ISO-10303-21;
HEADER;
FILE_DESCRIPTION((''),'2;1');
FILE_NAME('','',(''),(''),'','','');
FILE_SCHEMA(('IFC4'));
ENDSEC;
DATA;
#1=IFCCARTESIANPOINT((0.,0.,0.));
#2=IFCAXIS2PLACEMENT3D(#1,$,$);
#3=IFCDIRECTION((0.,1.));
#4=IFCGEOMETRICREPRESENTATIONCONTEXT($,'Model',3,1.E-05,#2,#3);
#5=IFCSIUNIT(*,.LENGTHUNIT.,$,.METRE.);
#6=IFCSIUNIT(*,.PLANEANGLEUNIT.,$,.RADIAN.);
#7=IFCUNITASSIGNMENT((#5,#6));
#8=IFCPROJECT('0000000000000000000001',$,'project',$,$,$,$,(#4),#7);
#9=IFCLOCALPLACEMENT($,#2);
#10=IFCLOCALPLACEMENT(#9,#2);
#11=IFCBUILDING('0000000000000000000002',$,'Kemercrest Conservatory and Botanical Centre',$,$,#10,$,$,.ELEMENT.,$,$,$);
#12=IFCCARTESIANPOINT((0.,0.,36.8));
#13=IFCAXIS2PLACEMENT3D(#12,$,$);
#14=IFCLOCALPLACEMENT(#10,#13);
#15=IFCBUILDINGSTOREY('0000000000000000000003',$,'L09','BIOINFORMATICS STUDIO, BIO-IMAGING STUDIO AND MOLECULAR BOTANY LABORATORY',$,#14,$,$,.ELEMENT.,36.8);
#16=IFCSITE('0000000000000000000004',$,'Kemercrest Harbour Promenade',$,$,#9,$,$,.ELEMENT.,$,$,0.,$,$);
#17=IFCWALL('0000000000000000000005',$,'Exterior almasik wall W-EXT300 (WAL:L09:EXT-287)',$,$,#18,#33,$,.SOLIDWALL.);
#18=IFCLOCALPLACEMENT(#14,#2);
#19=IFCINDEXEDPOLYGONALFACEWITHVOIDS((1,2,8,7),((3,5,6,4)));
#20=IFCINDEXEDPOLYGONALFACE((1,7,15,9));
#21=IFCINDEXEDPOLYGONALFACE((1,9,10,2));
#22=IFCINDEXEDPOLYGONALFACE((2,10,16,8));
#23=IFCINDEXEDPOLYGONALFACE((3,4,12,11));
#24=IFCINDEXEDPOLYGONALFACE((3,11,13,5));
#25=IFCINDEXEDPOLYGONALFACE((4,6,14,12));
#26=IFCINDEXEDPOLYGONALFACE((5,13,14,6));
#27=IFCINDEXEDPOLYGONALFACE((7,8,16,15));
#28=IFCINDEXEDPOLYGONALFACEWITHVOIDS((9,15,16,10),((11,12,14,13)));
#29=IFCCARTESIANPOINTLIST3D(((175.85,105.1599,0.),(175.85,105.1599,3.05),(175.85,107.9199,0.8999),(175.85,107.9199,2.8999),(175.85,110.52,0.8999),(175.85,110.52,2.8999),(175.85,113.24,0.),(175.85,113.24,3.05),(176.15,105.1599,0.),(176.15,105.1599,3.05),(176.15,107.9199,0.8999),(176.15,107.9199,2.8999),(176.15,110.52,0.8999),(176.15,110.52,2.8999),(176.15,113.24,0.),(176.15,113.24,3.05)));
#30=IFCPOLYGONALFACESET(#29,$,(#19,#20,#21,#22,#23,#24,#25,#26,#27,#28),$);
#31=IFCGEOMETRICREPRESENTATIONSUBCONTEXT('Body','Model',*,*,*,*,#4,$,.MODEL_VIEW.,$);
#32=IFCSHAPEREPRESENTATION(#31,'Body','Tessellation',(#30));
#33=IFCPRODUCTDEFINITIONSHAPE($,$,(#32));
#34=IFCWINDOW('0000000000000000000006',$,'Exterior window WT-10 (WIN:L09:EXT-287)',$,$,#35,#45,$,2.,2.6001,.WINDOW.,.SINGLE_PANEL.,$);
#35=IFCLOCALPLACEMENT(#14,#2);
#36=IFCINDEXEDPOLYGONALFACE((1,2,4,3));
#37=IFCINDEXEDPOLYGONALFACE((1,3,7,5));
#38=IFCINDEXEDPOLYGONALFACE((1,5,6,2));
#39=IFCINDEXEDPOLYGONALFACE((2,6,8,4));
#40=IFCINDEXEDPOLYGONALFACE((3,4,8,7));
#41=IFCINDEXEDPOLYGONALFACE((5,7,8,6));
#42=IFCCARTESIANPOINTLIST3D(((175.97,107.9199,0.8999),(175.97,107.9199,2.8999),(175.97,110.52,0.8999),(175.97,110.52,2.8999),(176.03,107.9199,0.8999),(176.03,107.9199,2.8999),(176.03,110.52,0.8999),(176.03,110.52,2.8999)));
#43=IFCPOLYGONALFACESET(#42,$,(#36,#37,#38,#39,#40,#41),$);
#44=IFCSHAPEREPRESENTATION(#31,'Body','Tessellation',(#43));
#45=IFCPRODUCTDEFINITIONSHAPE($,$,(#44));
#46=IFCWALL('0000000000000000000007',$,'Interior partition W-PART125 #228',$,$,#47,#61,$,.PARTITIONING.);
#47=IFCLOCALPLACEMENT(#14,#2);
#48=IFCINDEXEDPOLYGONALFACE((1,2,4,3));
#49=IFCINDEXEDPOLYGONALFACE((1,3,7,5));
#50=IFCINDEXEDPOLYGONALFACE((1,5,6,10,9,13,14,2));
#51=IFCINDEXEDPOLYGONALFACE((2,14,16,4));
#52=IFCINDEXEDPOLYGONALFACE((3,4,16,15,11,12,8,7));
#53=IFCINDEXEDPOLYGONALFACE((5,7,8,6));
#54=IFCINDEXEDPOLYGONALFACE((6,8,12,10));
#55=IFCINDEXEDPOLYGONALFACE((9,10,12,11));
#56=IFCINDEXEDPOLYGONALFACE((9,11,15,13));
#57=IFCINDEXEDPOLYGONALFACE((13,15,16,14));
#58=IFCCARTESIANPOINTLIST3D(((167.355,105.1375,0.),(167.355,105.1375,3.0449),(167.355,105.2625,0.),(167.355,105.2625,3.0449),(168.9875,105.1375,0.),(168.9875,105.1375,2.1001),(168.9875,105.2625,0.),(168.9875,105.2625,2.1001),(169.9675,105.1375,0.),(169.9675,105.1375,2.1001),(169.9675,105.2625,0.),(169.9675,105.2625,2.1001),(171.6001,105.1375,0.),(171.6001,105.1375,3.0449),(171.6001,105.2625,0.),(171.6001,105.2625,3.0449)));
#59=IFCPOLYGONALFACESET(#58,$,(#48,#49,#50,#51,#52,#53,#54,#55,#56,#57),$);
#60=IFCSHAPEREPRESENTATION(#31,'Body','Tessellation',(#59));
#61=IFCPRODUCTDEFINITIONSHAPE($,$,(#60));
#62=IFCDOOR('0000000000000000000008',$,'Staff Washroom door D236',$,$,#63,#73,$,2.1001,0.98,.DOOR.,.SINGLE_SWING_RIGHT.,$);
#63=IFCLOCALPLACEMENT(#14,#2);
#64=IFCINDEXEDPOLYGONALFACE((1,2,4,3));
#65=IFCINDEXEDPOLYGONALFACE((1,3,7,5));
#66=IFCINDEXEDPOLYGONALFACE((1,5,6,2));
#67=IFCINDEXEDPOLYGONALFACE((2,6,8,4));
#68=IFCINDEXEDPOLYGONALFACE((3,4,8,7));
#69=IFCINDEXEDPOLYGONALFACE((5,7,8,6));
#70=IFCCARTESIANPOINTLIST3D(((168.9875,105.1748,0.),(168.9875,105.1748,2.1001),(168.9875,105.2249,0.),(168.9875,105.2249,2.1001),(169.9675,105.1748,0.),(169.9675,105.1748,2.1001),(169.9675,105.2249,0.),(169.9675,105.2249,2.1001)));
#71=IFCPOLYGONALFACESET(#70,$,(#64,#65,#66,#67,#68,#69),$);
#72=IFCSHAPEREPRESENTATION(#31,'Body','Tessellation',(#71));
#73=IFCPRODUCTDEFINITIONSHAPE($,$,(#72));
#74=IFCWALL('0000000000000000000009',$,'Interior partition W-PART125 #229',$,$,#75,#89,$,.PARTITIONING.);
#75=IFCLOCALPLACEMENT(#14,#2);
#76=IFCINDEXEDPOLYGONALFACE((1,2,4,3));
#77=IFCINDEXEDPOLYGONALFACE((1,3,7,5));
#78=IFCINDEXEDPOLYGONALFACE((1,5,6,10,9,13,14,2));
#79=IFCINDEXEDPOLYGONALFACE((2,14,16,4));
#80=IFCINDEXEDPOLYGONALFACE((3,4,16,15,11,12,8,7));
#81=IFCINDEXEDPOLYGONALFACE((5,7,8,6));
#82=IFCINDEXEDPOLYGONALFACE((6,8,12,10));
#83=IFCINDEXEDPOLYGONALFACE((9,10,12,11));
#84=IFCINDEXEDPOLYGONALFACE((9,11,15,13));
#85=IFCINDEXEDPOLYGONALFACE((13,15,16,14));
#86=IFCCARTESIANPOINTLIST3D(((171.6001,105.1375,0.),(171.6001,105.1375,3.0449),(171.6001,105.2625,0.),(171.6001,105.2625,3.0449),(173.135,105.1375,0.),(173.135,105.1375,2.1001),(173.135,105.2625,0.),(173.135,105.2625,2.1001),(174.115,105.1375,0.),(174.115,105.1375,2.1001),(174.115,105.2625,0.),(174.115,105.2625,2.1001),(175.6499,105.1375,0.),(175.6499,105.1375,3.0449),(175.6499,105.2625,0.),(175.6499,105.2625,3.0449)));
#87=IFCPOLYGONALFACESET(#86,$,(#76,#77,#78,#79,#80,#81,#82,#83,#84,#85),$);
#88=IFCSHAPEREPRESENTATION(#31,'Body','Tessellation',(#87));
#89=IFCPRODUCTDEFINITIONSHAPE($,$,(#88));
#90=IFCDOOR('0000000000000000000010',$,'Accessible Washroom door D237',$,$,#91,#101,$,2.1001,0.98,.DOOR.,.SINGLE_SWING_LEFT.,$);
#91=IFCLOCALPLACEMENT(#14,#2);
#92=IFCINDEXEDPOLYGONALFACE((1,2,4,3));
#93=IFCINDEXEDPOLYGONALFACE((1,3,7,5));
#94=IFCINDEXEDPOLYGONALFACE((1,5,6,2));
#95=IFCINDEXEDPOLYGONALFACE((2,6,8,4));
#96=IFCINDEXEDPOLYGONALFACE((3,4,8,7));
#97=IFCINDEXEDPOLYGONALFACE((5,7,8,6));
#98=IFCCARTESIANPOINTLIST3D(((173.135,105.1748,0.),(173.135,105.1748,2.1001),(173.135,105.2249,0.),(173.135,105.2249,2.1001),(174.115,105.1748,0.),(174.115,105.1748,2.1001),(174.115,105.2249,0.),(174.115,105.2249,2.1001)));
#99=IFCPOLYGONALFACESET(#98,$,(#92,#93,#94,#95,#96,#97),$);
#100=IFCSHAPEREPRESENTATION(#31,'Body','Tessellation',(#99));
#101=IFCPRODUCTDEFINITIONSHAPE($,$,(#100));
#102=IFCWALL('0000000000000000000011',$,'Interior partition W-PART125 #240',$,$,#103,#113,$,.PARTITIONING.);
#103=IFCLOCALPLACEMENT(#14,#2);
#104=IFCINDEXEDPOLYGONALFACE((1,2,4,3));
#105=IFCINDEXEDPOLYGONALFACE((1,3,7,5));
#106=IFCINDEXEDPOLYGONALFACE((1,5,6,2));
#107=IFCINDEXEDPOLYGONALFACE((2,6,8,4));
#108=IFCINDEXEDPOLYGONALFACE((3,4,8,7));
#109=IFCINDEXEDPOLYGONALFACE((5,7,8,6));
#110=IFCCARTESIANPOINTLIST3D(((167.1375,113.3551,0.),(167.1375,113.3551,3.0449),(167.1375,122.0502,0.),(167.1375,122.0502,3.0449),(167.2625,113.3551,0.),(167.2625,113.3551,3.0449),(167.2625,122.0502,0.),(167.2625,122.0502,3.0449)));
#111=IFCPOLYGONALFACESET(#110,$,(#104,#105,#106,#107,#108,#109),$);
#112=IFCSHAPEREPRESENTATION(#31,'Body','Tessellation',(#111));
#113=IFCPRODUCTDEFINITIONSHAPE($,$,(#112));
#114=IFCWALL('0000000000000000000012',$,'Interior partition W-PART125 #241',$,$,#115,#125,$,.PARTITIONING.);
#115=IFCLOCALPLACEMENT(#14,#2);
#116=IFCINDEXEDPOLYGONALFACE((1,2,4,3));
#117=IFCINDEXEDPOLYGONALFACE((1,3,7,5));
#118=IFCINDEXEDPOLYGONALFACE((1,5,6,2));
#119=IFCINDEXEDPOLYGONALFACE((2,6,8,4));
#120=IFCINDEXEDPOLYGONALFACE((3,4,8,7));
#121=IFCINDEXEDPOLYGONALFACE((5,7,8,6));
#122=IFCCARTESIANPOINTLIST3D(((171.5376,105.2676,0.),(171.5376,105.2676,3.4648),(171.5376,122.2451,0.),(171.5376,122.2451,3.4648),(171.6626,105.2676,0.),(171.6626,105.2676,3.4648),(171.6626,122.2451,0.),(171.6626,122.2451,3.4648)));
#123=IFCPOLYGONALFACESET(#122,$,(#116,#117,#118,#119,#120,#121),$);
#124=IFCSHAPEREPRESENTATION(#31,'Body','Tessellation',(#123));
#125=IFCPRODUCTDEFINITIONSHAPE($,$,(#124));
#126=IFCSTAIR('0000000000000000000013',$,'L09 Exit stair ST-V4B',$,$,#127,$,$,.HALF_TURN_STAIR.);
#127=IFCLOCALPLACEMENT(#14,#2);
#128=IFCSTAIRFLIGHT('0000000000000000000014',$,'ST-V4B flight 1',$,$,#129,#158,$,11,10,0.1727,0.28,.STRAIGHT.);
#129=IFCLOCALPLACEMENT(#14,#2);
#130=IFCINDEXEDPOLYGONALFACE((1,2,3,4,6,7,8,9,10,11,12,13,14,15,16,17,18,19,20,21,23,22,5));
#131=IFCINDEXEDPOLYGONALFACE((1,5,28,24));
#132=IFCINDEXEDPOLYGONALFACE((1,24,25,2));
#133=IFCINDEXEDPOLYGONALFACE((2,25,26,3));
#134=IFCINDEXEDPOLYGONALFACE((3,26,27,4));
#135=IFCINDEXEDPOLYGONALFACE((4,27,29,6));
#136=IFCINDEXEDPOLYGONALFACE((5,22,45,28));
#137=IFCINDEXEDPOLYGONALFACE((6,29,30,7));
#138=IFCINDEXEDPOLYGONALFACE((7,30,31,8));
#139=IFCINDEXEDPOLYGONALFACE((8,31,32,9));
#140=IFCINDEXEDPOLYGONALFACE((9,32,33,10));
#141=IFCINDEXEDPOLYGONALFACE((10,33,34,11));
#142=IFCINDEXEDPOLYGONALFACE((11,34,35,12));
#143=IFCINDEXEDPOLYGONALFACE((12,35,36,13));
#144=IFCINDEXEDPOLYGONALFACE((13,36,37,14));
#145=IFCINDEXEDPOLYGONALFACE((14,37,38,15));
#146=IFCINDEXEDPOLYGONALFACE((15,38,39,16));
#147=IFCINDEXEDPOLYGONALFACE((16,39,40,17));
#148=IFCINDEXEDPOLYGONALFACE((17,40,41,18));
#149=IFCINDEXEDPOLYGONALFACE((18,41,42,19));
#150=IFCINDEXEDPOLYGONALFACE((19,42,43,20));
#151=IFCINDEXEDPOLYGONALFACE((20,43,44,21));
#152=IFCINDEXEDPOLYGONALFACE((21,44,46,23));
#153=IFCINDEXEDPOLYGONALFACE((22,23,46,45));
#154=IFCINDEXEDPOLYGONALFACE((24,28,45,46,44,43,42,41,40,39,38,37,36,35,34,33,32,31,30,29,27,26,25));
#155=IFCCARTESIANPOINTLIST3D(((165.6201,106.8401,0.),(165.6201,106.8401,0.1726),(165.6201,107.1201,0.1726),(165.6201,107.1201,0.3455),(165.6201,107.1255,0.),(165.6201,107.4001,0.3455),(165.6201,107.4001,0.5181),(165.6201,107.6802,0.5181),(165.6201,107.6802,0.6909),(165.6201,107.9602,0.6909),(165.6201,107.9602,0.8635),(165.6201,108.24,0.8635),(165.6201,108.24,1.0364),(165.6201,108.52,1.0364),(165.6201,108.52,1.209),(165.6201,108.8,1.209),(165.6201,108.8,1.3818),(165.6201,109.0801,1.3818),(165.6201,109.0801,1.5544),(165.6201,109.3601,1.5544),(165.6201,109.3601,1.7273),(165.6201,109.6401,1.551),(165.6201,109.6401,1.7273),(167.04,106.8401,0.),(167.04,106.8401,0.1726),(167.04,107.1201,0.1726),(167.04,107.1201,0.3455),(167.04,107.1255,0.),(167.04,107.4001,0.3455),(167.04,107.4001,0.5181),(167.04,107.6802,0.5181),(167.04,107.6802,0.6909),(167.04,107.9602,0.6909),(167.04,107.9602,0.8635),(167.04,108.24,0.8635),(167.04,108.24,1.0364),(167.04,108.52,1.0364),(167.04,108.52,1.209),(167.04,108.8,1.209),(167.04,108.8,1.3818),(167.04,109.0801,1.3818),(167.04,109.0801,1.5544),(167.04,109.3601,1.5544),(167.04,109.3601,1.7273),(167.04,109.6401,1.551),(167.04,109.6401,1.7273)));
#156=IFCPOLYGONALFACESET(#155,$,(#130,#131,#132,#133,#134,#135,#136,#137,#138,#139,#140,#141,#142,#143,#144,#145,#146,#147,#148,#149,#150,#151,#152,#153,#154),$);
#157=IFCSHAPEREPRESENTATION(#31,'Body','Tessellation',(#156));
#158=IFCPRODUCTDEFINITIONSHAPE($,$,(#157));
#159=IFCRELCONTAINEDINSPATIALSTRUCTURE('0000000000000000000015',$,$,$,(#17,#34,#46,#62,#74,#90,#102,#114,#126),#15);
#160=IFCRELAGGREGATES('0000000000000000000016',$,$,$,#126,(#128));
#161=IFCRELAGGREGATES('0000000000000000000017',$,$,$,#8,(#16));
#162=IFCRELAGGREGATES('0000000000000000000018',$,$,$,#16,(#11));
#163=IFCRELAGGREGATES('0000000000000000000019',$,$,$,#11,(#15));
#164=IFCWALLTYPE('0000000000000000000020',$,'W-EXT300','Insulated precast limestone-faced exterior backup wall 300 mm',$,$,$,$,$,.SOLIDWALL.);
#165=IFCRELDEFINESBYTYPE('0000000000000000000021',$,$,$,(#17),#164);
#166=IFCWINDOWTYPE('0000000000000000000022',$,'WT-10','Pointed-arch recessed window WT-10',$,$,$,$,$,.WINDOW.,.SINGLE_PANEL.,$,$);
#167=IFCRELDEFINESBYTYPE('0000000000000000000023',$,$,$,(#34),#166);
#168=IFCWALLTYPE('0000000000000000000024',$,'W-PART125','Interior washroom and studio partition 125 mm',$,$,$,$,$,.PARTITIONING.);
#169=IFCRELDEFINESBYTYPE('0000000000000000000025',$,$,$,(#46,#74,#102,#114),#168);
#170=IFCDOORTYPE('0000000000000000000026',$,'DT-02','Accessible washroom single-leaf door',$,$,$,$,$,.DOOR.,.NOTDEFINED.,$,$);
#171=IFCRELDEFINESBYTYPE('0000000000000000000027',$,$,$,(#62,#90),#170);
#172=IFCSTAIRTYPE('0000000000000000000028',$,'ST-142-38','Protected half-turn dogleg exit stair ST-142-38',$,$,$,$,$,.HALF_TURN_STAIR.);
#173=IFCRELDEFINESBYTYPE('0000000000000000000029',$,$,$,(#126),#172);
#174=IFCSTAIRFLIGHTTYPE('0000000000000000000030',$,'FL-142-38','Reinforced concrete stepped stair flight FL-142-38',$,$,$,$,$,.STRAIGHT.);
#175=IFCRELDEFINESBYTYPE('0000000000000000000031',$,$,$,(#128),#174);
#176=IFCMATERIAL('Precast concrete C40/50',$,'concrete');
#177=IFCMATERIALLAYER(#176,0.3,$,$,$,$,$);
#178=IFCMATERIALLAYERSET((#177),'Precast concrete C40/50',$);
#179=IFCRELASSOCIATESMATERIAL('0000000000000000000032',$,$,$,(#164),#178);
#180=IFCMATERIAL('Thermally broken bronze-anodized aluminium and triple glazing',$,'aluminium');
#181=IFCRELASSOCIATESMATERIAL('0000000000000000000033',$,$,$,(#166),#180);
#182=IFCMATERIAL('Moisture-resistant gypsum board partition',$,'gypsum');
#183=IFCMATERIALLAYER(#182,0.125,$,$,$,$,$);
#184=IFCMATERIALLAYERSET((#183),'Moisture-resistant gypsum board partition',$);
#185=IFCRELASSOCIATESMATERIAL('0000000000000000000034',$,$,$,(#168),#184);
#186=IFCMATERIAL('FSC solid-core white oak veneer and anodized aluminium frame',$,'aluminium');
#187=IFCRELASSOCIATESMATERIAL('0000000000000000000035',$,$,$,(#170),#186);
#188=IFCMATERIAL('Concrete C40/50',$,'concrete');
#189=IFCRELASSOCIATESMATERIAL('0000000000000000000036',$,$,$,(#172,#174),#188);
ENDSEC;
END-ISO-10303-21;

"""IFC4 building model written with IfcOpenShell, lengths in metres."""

from ifc_helpers import new_model, si_unit, direction, frame, frame_2d, origin, place, context, subcontext, project, spatial, polyline, rectangle, outline, extrude, material, layer, layer_set, type_object, element, fill, aggregate, save


model = new_model("IFC4")

# Units and contexts
model_context = context("Model", 3, precision=1e-05, world=origin(), true_north=direction((0.0, 1.0)))
body_context = subcontext(model_context, "Body", "Model", "MODEL_VIEW")
ifc_project = project(units=[si_unit("LENGTHUNIT", "METRE"), si_unit("PLANEANGLEUNIT", "RADIAN")], contexts=[model_context])

# Site, building, storey
site_placement = place(None, origin())
site = spatial("IfcSite", under=ifc_project, at=site_placement, Name="Kemercrest Harbour Promenade", CompositionType="ELEMENT", RefElevation=0.0)
building_placement = place(site_placement, origin())
building = spatial("IfcBuilding", under=site, at=building_placement, Name="Kemercrest Conservatory and Botanical Centre", CompositionType="ELEMENT")
storey_placement = place(building_placement, frame((0.0, 0.0, 36.8)))
storey = spatial("IfcBuildingStorey", under=building, at=storey_placement, Name="L09", Description="BIOINFORMATICS STUDIO, BIO-IMAGING STUDIO AND MOLECULAR BOTANY LABORATORY", CompositionType="ELEMENT", Elevation=36.8)

# Shared definitions
ifc_material_1 = material(Name="Concrete C40/50", Category="concrete")

# Wall, opening, window
ifc_material_2 = material(Name="Precast concrete C40/50", Category="concrete")
ifc_layer_1 = layer(ifc_material_2, 0.3)
ifc_layer_set_1 = layer_set([ifc_layer_1], Name="Precast concrete C40/50")
wall_type_1 = type_object("IfcWallType", Name="W-EXT300", Description="Insulated precast limestone-faced exterior backup wall 300 mm", PredefinedType="SOLIDWALL", material=ifc_layer_set_1)
wall_1_placement = place(storey_placement, frame((176.0, 105.1599, 0.0), z_axis=(0.0, 0.0, 1.0), x_axis=(0.0, 1.0, 0.0)))
wall_1 = element("IfcWall", 1, at=wall_1_placement, inside=storey, type_object=wall_type_1, Name="Exterior almasik wall W-EXT300 (WAL:L09:EXT-287)", PredefinedType="SOLIDWALL", context=body_context, shape_type="SweptSolid", body=[
    extrude(rectangle(XDim=8.0801, YDim=0.3, at=frame_2d((4.04, 0.0))), origin(), (0.0, 0.0, 1.0), 3.05),
])
opening_1_placement = place(wall_1_placement, frame((2.76, 0.0, 0.8999)))
opening_1 = element("IfcOpeningElement", 2, at=opening_1_placement, cuts=wall_1, PredefinedType="OPENING", context=body_context, shape_type="SweptSolid", body=[
    extrude(rectangle(XDim=2.6001, YDim=2.0, at=frame_2d((1.3, 1.0))), frame((0.0, 0.1602, 0.0), z_axis=(0.0, -1.0, 0.0), x_axis=(1.0, 0.0, 0.0)), (0.0, 0.0, 1.0), 0.3201),
])
ifc_material_3 = material(Name="Thermally broken bronze-anodized aluminium and triple glazing", Category="aluminium")
window_type = type_object("IfcWindowType", Name="WT-10", Description="Pointed-arch recessed window WT-10", PartitioningType="SINGLE_PANEL", PredefinedType="WINDOW", material=ifc_material_3)
window_placement = place(opening_1_placement, origin())
window = element("IfcWindow", 3, at=window_placement, inside=storey, type_object=window_type, Name="Exterior window WT-10 (WIN:L09:EXT-287)", OverallHeight=2.0, OverallWidth=2.6001, PartitioningType="SINGLE_PANEL", PredefinedType="WINDOW", context=body_context, shape_type="SweptSolid", body=[
    extrude(rectangle(XDim=2.6001, YDim=2.0, at=frame_2d((1.3, 1.0))), frame((0.0, 0.03, 0.0), z_axis=(0.0, -1.0, 0.0), x_axis=(1.0, 0.0, 0.0)), (0.0, 0.0, 1.0), 0.0601),
])
fill(opening_1, window)

# Walls, openings, doors
ifc_material_4 = material(Name="Moisture-resistant gypsum board partition", Category="gypsum")
ifc_layer_2 = layer(ifc_material_4, 0.125)
ifc_layer_set_2 = layer_set([ifc_layer_2], Name="Moisture-resistant gypsum board partition")
wall_type_2 = type_object("IfcWallType", Name="W-PART125", Description="Interior washroom and studio partition 125 mm", PredefinedType="PARTITIONING", material=ifc_layer_set_2)
wall_2_placement = place(storey_placement, frame((167.355, 105.2, 0.0), z_axis=(0.0, 0.0, 1.0), x_axis=(1.0, 0.0, 0.0)))
wall_2 = element("IfcWall", 4, at=wall_2_placement, inside=storey, type_object=wall_type_2, Name="Interior partition W-PART125 #228", PredefinedType="PARTITIONING", context=body_context, shape_type="SweptSolid", body=[
    extrude(rectangle(XDim=4.2451, YDim=0.125, at=frame_2d((2.1226, 0.0))), origin(), (0.0, 0.0, 1.0), 3.0449),
])
opening_2_placement = place(wall_2_placement, frame((1.6326, 0.0, 0.0)))
opening_2 = element("IfcOpeningElement", 5, at=opening_2_placement, cuts=wall_2, PredefinedType="OPENING", context=body_context, shape_type="SweptSolid", body=[
    extrude(rectangle(XDim=0.98, YDim=2.1001, at=frame_2d((0.49, 1.05))), frame((0.0, 0.0725, 0.0), z_axis=(0.0, -1.0, 0.0), x_axis=(1.0, 0.0, 0.0)), (0.0, 0.0, 1.0), 0.145),
])
ifc_material_5 = material(Name="FSC solid-core white oak veneer and anodized aluminium frame", Category="aluminium")
door_type = type_object("IfcDoorType", Name="DT-02", Description="Accessible washroom single-leaf door", OperationType="NOTDEFINED", PredefinedType="DOOR", material=ifc_material_5)
door_1_placement = place(opening_2_placement, origin())
door_1 = element("IfcDoor", 6, at=door_1_placement, inside=storey, type_object=door_type, Name="Staff Washroom door D236", OperationType="SINGLE_SWING_RIGHT", OverallHeight=2.1001, OverallWidth=0.98, PredefinedType="DOOR", context=body_context, shape_type="SweptSolid", body=[
    extrude(rectangle(XDim=0.98, YDim=2.1001, at=frame_2d((0.49, 1.05))), frame((0.0, 0.0249, 0.0), z_axis=(0.0, -1.0, 0.0), x_axis=(1.0, 0.0, 0.0)), (0.0, 0.0, 1.0), 0.05),
])
fill(opening_2, door_1)
wall_3_placement = place(storey_placement, frame((171.6001, 105.2, 0.0), z_axis=(0.0, 0.0, 1.0), x_axis=(1.0, 0.0, 0.0)))
wall_3 = element("IfcWall", 7, at=wall_3_placement, inside=storey, type_object=wall_type_2, Name="Interior partition W-PART125 #229", PredefinedType="PARTITIONING", context=body_context, shape_type="SweptSolid", body=[
    extrude(rectangle(XDim=4.0498, YDim=0.125, at=frame_2d((2.0249, 0.0))), origin(), (0.0, 0.0, 1.0), 3.0449),
])
opening_3_placement = place(wall_3_placement, frame((1.5349, 0.0, 0.0)))
opening_3 = element("IfcOpeningElement", 8, at=opening_3_placement, cuts=wall_3, PredefinedType="OPENING", context=body_context, shape_type="SweptSolid", body=[
    extrude(rectangle(XDim=0.98, YDim=2.1001, at=frame_2d((0.49, 1.05))), frame((0.0, 0.0725, 0.0), z_axis=(0.0, -1.0, 0.0), x_axis=(1.0, 0.0, 0.0)), (0.0, 0.0, 1.0), 0.145),
])
door_2_placement = place(opening_3_placement, origin())
door_2 = element("IfcDoor", 9, at=door_2_placement, inside=storey, type_object=door_type, Name="Accessible Washroom door D237", OperationType="SINGLE_SWING_LEFT", OverallHeight=2.1001, OverallWidth=0.98, PredefinedType="DOOR", context=body_context, shape_type="SweptSolid", body=[
    extrude(rectangle(XDim=0.98, YDim=2.1001, at=frame_2d((0.49, 1.05))), frame((0.0, 0.0249, 0.0), z_axis=(0.0, -1.0, 0.0), x_axis=(1.0, 0.0, 0.0)), (0.0, 0.0, 1.0), 0.05),
])
fill(opening_3, door_2)

# Walls
wall_4_placement = place(storey_placement, frame((167.2, 113.355, 0.0), z_axis=(0.0, 0.0, 1.0), x_axis=(0.0, 1.0, 0.0)))
element("IfcWall", 10, at=wall_4_placement, inside=storey, type_object=wall_type_2, Name="Interior partition W-PART125 #240", PredefinedType="PARTITIONING", context=body_context, shape_type="SweptSolid", body=[
    extrude(rectangle(XDim=8.6951, YDim=0.125, at=frame_2d((4.3477, 0.0))), origin(), (0.0, 0.0, 1.0), 3.0449),
])
wall_5_placement = place(storey_placement, frame((171.6001, 105.2676, 0.0), z_axis=(0.0, 0.0, 1.0), x_axis=(0.0, 1.0, 0.0)))
element("IfcWall", 11, at=wall_5_placement, inside=storey, type_object=wall_type_2, Name="Interior partition W-PART125 #241", PredefinedType="PARTITIONING", context=body_context, shape_type="SweptSolid", body=[
    extrude(rectangle(XDim=16.9775, YDim=0.125, at=frame_2d((8.4888, 0.0))), origin(), (0.0, 0.0, 1.0), 3.4648),
])

# Stair, stair flight
stair_type = type_object("IfcStairType", Name="ST-142-38", Description="Protected half-turn dogleg exit stair ST-142-38", PredefinedType="HALF_TURN_STAIR", material=ifc_material_1)
stair_placement = place(storey_placement, origin())
stair = element("IfcStair", 12, at=stair_placement, inside=storey, type_object=stair_type, Name="L09 Exit stair ST-V4B", PredefinedType="HALF_TURN_STAIR")
stair_flight_type = type_object("IfcStairFlightType", Name="FL-142-38", Description="Reinforced concrete stepped stair flight FL-142-38", PredefinedType="STRAIGHT", material=ifc_material_1)
stair_flight_1_placement = place(storey_placement, frame((166.3301, 106.8401, 0.0), z_axis=(0.0, 0.0, 1.0), x_axis=(0.0, 1.0, 0.0)))
stair_flight_1 = element("IfcStairFlight", 13, at=stair_flight_1_placement, type_object=stair_flight_type, Name="ST-V4B flight 1", NumberOfRisers=11, NumberOfTreads=10, PredefinedType="STRAIGHT", RiserHeight=0.1727, TreadLength=0.28, context=body_context, shape_type="SweptSolid", body=[
    extrude(outline(polyline([(0.0, 0.0), (0.0, 0.1726), (0.28, 0.1726), (0.28, 0.3455), (0.5601, 0.3455), (0.5601, 0.5181), (0.8401, 0.5181), (0.8401, 0.6909), (1.1201, 0.6909), (1.1201, 0.8635), (1.3999, 0.8635), (1.3999, 1.0364), (1.6799, 1.0364), (1.6799, 1.209), (1.96, 1.209), (1.96, 1.3818), (2.24, 1.3818), (2.24, 1.5544), (2.52, 1.5544), (2.52, 1.7273), (2.8, 1.7273), (2.8, 1.8999), (2.8, 1.551), (0.2854, 0.0), (0.0, 0.0)])), frame((0.0, 0.71, 0.0), z_axis=(0.0, -1.0, 0.0), x_axis=(1.0, 0.0, 0.0)), (0.0, 0.0, 1.0), 1.4199),
])
aggregate(stair, [stair_flight_1])

save(model, "model.ifc")
